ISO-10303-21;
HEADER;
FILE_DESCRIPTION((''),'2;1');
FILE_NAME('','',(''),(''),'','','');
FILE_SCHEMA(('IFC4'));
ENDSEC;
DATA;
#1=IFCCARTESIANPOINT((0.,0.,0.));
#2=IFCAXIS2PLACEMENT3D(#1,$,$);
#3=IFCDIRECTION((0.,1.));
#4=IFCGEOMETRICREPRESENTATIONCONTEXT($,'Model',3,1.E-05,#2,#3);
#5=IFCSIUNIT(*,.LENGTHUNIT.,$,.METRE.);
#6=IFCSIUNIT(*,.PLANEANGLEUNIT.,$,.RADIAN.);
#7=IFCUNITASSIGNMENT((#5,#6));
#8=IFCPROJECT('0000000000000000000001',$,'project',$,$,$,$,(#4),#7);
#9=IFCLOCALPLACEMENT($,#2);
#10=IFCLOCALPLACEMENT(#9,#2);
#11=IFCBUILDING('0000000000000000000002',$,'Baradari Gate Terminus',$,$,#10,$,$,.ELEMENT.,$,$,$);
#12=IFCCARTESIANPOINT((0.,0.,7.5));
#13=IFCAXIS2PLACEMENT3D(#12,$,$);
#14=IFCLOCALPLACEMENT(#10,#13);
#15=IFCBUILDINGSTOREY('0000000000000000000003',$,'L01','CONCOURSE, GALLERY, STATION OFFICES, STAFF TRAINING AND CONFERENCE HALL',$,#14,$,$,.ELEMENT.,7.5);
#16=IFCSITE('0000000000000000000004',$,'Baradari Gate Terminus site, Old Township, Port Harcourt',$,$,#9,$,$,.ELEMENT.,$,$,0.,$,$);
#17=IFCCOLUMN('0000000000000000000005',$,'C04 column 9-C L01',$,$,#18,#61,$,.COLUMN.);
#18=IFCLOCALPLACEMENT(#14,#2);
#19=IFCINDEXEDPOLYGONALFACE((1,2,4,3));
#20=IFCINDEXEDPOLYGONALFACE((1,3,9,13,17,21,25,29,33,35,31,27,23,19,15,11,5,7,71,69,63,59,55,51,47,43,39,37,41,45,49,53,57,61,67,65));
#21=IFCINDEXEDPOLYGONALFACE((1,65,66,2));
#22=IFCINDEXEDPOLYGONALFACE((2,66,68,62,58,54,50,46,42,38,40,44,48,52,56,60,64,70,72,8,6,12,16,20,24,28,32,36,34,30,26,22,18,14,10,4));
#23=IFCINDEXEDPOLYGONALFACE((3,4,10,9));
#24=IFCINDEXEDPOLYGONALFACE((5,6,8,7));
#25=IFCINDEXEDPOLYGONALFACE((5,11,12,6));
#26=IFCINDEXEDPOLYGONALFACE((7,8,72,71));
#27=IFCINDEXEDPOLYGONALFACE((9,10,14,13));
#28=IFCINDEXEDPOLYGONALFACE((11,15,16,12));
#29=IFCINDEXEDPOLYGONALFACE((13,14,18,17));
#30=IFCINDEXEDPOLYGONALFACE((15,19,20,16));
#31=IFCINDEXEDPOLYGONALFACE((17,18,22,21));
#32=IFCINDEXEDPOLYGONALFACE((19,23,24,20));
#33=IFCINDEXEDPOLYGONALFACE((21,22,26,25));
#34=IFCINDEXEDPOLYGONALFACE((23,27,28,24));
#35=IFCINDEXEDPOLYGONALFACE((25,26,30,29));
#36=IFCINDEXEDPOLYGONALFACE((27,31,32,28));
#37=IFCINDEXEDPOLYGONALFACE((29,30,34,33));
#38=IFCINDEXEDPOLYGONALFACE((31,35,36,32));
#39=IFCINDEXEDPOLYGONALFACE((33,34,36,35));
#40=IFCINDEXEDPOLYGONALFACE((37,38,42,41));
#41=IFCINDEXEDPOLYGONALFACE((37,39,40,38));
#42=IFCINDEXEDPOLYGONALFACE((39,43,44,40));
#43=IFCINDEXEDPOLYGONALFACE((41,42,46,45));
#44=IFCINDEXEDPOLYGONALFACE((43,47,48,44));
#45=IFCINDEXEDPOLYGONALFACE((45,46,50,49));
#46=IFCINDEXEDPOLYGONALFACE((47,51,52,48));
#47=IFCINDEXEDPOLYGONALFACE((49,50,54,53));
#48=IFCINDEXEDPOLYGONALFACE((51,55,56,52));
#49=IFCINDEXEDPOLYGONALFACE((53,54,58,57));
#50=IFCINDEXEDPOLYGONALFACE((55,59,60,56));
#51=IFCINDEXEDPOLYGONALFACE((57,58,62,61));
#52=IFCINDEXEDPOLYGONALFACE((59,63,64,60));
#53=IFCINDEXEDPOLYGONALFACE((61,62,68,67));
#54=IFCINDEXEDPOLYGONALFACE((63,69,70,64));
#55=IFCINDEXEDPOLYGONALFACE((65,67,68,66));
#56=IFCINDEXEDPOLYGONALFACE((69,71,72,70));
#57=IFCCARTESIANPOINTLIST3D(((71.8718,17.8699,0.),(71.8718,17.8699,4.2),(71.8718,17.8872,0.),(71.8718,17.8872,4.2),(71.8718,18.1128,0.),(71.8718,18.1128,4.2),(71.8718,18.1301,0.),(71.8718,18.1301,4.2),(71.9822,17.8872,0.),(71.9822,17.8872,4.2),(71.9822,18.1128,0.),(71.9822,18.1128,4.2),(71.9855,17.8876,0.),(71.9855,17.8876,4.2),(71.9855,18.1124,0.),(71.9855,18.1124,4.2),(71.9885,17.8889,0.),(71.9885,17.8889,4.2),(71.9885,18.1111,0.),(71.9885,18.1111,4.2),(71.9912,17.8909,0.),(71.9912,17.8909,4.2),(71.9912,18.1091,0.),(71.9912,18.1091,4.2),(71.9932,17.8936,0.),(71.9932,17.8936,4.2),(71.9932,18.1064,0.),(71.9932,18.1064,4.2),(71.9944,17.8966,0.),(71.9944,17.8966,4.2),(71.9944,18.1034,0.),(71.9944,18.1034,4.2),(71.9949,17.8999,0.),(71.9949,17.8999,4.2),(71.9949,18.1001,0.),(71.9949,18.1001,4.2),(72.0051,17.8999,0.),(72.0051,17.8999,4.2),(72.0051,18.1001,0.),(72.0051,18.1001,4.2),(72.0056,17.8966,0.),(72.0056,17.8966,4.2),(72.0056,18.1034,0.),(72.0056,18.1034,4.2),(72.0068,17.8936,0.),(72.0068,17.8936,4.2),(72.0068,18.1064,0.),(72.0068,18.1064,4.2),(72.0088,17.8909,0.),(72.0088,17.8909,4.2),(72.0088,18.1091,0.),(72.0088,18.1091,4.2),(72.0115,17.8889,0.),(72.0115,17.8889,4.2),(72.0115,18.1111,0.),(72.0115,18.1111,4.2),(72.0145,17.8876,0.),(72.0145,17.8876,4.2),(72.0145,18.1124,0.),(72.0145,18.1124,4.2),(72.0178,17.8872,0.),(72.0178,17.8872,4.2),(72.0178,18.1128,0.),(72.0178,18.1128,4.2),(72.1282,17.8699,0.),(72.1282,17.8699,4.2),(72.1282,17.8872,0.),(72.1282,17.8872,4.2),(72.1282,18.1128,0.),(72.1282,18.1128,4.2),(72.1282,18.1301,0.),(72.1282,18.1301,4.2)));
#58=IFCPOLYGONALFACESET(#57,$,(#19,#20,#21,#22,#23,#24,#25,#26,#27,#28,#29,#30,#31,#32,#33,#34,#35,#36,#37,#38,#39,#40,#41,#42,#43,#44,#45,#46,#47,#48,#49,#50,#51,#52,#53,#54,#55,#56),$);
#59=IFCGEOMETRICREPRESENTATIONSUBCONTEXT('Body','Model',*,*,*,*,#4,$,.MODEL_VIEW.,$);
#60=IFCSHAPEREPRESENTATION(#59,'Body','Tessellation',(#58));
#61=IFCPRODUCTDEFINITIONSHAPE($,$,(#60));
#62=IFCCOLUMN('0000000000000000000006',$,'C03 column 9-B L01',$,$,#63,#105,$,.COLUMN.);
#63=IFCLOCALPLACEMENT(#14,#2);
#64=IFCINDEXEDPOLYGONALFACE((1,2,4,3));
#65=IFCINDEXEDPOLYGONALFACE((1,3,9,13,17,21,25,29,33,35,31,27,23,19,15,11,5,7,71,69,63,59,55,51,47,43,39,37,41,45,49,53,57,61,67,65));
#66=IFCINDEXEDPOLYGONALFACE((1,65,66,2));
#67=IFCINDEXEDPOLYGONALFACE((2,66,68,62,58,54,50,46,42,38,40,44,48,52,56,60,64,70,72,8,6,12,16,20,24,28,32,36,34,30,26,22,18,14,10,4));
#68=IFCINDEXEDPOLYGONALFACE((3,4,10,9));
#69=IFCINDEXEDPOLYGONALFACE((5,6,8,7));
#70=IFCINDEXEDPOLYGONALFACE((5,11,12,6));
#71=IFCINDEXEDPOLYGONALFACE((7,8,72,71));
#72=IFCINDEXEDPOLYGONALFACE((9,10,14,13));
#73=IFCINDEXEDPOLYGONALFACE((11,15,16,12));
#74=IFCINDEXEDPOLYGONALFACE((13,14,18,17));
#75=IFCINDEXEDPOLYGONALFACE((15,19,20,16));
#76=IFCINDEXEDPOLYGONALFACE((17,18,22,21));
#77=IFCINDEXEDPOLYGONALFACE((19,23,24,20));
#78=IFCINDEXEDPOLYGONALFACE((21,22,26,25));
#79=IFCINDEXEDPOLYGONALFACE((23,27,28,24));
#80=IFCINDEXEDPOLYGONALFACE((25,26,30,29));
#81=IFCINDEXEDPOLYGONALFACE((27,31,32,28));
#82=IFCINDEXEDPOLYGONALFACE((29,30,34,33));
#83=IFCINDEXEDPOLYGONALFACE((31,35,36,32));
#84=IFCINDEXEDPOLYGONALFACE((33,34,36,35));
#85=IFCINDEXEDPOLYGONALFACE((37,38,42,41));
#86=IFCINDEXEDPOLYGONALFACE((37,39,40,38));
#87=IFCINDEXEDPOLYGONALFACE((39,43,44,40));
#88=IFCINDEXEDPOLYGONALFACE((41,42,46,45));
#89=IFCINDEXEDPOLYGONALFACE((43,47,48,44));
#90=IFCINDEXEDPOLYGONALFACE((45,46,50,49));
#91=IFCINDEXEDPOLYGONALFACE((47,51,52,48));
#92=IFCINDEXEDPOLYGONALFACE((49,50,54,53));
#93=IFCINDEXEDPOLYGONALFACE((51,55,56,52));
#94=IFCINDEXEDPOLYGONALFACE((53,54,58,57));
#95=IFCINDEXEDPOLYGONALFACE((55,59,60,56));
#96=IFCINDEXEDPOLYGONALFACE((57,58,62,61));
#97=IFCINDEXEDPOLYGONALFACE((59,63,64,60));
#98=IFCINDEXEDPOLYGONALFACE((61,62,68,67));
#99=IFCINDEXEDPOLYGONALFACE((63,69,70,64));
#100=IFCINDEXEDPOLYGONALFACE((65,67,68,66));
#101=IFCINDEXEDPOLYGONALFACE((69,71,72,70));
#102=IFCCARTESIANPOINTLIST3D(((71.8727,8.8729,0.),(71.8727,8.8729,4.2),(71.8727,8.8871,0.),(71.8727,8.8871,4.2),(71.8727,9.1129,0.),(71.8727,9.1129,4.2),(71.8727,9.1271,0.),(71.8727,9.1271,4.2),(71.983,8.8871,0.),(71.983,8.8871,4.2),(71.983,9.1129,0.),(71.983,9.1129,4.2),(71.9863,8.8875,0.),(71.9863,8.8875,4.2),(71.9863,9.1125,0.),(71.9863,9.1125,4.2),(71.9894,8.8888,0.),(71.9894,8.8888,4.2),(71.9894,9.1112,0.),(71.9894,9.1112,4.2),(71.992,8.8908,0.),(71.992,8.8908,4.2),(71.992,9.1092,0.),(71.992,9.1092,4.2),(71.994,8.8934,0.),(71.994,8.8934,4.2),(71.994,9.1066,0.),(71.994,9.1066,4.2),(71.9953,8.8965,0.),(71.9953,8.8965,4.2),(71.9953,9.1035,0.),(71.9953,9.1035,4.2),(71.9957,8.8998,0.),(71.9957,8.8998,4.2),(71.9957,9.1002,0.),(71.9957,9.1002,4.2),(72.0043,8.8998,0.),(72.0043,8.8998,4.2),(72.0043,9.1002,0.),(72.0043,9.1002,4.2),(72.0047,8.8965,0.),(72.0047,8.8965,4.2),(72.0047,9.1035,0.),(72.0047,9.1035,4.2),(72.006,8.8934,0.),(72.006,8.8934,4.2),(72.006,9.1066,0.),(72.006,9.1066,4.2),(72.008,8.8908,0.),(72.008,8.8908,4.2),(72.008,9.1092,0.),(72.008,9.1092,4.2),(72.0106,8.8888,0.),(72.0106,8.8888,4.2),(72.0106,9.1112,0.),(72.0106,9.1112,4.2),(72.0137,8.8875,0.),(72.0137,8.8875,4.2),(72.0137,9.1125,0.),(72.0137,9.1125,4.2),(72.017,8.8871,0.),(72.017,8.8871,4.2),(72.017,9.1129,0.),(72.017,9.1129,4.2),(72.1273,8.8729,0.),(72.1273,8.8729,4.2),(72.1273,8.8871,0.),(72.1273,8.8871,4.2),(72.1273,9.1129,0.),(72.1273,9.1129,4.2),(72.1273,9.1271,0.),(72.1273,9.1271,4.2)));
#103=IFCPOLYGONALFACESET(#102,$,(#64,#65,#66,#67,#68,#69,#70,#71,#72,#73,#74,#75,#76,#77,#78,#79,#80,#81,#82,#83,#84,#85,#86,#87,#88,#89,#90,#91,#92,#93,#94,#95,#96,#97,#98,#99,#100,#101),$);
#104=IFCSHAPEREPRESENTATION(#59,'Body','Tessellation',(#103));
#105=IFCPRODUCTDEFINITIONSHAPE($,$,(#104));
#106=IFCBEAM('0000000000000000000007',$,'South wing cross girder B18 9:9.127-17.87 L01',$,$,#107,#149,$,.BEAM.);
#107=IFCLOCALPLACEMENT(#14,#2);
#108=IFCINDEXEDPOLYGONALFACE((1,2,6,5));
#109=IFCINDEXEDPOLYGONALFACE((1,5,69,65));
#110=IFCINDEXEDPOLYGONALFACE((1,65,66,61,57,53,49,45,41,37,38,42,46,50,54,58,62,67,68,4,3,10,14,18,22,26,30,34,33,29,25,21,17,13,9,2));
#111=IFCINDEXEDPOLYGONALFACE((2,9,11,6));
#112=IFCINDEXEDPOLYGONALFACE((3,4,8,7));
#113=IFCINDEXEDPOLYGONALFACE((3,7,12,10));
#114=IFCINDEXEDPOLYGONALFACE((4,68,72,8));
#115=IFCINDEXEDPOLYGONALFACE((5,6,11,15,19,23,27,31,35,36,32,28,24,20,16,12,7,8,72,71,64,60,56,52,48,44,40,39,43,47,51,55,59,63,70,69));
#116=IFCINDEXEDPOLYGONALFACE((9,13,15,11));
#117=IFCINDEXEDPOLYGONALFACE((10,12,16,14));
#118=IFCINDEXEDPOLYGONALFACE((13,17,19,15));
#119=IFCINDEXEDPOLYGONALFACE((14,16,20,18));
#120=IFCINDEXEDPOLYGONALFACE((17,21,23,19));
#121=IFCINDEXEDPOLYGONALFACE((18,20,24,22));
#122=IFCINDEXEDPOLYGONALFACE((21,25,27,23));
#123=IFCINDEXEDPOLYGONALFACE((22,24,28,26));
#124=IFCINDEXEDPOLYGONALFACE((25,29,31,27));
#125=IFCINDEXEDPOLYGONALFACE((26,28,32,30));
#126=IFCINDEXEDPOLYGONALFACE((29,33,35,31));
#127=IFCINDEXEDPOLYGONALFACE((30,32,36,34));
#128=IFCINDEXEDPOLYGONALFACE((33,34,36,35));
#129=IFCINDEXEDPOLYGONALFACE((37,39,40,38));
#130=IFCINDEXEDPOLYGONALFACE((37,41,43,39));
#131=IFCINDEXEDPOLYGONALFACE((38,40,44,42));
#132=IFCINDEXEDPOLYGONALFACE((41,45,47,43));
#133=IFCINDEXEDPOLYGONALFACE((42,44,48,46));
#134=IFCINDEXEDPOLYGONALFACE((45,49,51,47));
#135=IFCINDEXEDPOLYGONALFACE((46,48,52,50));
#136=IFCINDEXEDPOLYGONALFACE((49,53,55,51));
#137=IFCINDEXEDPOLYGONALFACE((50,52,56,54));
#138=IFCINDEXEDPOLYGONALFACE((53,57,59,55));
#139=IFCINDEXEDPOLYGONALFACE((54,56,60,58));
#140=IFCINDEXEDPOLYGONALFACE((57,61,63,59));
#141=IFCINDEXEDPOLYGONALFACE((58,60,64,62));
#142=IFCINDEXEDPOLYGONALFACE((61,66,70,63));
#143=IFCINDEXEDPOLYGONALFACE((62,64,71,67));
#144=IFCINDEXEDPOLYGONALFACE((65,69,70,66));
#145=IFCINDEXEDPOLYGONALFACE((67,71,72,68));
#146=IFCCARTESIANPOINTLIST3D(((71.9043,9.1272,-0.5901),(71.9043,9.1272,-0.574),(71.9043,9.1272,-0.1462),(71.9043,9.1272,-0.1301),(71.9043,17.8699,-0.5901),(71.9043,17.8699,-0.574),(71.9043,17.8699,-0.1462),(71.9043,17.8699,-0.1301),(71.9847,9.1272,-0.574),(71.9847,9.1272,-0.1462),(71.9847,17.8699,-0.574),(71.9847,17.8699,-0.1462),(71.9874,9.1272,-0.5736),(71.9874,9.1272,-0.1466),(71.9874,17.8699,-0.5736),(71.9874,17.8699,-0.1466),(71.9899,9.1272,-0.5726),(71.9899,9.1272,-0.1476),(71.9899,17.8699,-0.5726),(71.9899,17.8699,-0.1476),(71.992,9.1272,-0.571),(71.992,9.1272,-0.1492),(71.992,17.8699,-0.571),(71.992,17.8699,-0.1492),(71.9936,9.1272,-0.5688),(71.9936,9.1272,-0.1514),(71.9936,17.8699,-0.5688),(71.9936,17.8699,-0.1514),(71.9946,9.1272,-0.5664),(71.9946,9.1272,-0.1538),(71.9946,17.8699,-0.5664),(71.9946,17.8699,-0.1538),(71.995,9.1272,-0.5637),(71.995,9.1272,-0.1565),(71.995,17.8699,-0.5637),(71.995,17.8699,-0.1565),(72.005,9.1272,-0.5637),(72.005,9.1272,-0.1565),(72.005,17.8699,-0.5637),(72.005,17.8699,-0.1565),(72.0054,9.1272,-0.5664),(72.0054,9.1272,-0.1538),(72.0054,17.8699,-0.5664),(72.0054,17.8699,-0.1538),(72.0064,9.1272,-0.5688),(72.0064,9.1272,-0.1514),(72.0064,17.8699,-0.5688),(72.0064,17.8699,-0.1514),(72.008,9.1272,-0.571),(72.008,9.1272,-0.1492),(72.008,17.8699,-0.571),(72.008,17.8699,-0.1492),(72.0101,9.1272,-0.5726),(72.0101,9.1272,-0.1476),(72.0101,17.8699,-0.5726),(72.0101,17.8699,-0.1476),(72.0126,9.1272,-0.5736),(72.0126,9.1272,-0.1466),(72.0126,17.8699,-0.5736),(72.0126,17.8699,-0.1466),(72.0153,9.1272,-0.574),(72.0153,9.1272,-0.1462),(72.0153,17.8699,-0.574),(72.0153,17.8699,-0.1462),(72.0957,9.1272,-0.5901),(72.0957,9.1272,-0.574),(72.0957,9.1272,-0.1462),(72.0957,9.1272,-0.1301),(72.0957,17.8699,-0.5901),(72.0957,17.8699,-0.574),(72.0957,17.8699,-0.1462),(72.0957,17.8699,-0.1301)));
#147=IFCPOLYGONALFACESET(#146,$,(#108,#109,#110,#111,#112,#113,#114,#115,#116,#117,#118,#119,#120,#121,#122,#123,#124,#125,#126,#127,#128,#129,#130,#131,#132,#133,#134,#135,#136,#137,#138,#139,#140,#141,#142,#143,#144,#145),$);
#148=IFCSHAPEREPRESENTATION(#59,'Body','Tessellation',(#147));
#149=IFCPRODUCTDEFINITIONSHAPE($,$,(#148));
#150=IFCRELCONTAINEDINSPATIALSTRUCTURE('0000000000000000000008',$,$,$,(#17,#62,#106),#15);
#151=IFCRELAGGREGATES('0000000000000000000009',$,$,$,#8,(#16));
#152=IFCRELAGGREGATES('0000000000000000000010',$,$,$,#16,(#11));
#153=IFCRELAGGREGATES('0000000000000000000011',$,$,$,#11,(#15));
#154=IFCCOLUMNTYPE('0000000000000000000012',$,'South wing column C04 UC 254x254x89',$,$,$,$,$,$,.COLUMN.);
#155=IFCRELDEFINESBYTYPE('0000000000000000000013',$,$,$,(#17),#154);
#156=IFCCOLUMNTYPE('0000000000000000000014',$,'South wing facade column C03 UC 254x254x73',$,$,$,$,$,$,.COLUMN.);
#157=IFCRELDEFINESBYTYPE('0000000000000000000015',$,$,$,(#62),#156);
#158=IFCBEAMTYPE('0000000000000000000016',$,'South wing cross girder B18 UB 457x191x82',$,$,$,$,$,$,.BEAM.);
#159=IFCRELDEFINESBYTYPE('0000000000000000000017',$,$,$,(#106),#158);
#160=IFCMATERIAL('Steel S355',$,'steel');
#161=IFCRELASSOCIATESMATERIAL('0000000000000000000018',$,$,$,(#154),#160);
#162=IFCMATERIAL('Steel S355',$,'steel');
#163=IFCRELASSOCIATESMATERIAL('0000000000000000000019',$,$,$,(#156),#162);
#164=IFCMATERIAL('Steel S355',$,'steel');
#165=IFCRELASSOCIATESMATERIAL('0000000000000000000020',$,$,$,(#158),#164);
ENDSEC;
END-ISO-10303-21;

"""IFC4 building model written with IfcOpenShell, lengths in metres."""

from ifc_helpers import new_model, si_unit, direction, frame, origin, origin_2d, place, context, subcontext, project, spatial, i_section, extrude, material, material_profile, profile_set, type_object, element, save


model = new_model("IFC4")

# Units and contexts
model_context = context("Model", 3, precision=1e-05, world=origin(), true_north=direction((0.0, 1.0)))
body_context = subcontext(model_context, "Body", "Model", "MODEL_VIEW")
ifc_project = project(units=[si_unit("LENGTHUNIT", "METRE"), si_unit("PLANEANGLEUNIT", "RADIAN")], contexts=[model_context])

# Site, building, storey
site_placement = place(None, origin())
site = spatial("IfcSite", under=ifc_project, at=site_placement, Name="Baradari Gate Terminus site, Old Township, Port Harcourt", CompositionType="ELEMENT", RefElevation=0.0)
building_placement = place(site_placement, origin())
building = spatial("IfcBuilding", under=site, at=building_placement, Name="Baradari Gate Terminus", CompositionType="ELEMENT")
storey_placement = place(building_placement, frame((0.0, 0.0, 7.5)))
storey = spatial("IfcBuildingStorey", under=building, at=storey_placement, Name="L01", Description="CONCOURSE, GALLERY, STATION OFFICES, STAFF TRAINING AND CONFERENCE HALL", CompositionType="ELEMENT", Elevation=7.5)

# Columns
ifc_material_1 = material(Name="Steel S355", Category="steel")
ifc_material_profile_1 = material_profile(ifc_material_1, i_section(OverallWidth=0.2563, OverallDepth=0.2603, WebThickness=0.0103, FlangeThickness=0.0173, FilletRadius=0.0127, at=origin_2d()), Name="UC 254x254x89")
ifc_profile_set_1 = profile_set([ifc_material_profile_1], Name="Steel S355")
column_type_1 = type_object("IfcColumnType", Name="South wing column C04 UC 254x254x89", PredefinedType="COLUMN", material=ifc_profile_set_1)
column_1_placement = place(storey_placement, frame((72.0, 18.0, 0.0), z_axis=(0.0, 0.0, 1.0), x_axis=(1.0, 0.0, 0.0)))
element("IfcColumn", 1, at=column_1_placement, inside=storey, type_object=column_type_1, Name="C04 column 9-C L01", PredefinedType="COLUMN", context=body_context, shape_type="SweptSolid", body=[
    extrude(i_section(OverallWidth=0.2563, OverallDepth=0.2603, WebThickness=0.0103, FlangeThickness=0.0173, FilletRadius=0.0127, at=origin_2d()), origin(), (0.0, 0.0, 1.0), 4.2),
])
ifc_material_2 = material(Name="Steel S355", Category="steel")
ifc_material_profile_2 = material_profile(ifc_material_2, i_section(OverallWidth=0.2546, OverallDepth=0.2542, WebThickness=0.0085, FlangeThickness=0.0142, FilletRadius=0.0127, at=origin_2d()), Name="UC 254x254x73")
ifc_profile_set_2 = profile_set([ifc_material_profile_2], Name="Steel S355")
column_type_2 = type_object("IfcColumnType", Name="South wing facade column C03 UC 254x254x73", PredefinedType="COLUMN", material=ifc_profile_set_2)
column_2_placement = place(storey_placement, frame((72.0, 9.0, 0.0), z_axis=(0.0, 0.0, 1.0), x_axis=(1.0, 0.0, 0.0)))
element("IfcColumn", 2, at=column_2_placement, inside=storey, type_object=column_type_2, Name="C03 column 9-B L01", PredefinedType="COLUMN", context=body_context, shape_type="SweptSolid", body=[
    extrude(i_section(OverallWidth=0.2546, OverallDepth=0.2542, WebThickness=0.0085, FlangeThickness=0.0142, FilletRadius=0.0127, at=origin_2d()), origin(), (0.0, 0.0, 1.0), 4.2),
])

# Beam
ifc_material_3 = material(Name="Steel S355", Category="steel")
ifc_material_profile_3 = material_profile(ifc_material_3, i_section(OverallWidth=0.1914, OverallDepth=0.46, WebThickness=0.01, FlangeThickness=0.0161, FilletRadius=0.0103, at=origin_2d()), Name="UB 457x191x82")
ifc_profile_set_3 = profile_set([ifc_material_profile_3], Name="Steel S355")
beam_type_1 = type_object("IfcBeamType", Name="South wing cross girder B18 UB 457x191x82", PredefinedType="BEAM", material=ifc_profile_set_3)
beam_1_placement = place(storey_placement, frame((72.0, 9.1272, -0.3601), z_axis=(0.0, 1.0, 0.0), x_axis=(-1.0, 0.0, 0.0)))
element("IfcBeam", 3, at=beam_1_placement, inside=storey, type_object=beam_type_1, Name="South wing cross girder B18 9:9.127-17.87 L01", PredefinedType="BEAM", context=body_context, shape_type="SweptSolid", body=[
    extrude(i_section(OverallWidth=0.1914, OverallDepth=0.46, WebThickness=0.01, FlangeThickness=0.0161, FilletRadius=0.0103, at=origin_2d()), origin(), (0.0, 0.0, 1.0), 8.7427),
])

save(model, "model.ifc")
